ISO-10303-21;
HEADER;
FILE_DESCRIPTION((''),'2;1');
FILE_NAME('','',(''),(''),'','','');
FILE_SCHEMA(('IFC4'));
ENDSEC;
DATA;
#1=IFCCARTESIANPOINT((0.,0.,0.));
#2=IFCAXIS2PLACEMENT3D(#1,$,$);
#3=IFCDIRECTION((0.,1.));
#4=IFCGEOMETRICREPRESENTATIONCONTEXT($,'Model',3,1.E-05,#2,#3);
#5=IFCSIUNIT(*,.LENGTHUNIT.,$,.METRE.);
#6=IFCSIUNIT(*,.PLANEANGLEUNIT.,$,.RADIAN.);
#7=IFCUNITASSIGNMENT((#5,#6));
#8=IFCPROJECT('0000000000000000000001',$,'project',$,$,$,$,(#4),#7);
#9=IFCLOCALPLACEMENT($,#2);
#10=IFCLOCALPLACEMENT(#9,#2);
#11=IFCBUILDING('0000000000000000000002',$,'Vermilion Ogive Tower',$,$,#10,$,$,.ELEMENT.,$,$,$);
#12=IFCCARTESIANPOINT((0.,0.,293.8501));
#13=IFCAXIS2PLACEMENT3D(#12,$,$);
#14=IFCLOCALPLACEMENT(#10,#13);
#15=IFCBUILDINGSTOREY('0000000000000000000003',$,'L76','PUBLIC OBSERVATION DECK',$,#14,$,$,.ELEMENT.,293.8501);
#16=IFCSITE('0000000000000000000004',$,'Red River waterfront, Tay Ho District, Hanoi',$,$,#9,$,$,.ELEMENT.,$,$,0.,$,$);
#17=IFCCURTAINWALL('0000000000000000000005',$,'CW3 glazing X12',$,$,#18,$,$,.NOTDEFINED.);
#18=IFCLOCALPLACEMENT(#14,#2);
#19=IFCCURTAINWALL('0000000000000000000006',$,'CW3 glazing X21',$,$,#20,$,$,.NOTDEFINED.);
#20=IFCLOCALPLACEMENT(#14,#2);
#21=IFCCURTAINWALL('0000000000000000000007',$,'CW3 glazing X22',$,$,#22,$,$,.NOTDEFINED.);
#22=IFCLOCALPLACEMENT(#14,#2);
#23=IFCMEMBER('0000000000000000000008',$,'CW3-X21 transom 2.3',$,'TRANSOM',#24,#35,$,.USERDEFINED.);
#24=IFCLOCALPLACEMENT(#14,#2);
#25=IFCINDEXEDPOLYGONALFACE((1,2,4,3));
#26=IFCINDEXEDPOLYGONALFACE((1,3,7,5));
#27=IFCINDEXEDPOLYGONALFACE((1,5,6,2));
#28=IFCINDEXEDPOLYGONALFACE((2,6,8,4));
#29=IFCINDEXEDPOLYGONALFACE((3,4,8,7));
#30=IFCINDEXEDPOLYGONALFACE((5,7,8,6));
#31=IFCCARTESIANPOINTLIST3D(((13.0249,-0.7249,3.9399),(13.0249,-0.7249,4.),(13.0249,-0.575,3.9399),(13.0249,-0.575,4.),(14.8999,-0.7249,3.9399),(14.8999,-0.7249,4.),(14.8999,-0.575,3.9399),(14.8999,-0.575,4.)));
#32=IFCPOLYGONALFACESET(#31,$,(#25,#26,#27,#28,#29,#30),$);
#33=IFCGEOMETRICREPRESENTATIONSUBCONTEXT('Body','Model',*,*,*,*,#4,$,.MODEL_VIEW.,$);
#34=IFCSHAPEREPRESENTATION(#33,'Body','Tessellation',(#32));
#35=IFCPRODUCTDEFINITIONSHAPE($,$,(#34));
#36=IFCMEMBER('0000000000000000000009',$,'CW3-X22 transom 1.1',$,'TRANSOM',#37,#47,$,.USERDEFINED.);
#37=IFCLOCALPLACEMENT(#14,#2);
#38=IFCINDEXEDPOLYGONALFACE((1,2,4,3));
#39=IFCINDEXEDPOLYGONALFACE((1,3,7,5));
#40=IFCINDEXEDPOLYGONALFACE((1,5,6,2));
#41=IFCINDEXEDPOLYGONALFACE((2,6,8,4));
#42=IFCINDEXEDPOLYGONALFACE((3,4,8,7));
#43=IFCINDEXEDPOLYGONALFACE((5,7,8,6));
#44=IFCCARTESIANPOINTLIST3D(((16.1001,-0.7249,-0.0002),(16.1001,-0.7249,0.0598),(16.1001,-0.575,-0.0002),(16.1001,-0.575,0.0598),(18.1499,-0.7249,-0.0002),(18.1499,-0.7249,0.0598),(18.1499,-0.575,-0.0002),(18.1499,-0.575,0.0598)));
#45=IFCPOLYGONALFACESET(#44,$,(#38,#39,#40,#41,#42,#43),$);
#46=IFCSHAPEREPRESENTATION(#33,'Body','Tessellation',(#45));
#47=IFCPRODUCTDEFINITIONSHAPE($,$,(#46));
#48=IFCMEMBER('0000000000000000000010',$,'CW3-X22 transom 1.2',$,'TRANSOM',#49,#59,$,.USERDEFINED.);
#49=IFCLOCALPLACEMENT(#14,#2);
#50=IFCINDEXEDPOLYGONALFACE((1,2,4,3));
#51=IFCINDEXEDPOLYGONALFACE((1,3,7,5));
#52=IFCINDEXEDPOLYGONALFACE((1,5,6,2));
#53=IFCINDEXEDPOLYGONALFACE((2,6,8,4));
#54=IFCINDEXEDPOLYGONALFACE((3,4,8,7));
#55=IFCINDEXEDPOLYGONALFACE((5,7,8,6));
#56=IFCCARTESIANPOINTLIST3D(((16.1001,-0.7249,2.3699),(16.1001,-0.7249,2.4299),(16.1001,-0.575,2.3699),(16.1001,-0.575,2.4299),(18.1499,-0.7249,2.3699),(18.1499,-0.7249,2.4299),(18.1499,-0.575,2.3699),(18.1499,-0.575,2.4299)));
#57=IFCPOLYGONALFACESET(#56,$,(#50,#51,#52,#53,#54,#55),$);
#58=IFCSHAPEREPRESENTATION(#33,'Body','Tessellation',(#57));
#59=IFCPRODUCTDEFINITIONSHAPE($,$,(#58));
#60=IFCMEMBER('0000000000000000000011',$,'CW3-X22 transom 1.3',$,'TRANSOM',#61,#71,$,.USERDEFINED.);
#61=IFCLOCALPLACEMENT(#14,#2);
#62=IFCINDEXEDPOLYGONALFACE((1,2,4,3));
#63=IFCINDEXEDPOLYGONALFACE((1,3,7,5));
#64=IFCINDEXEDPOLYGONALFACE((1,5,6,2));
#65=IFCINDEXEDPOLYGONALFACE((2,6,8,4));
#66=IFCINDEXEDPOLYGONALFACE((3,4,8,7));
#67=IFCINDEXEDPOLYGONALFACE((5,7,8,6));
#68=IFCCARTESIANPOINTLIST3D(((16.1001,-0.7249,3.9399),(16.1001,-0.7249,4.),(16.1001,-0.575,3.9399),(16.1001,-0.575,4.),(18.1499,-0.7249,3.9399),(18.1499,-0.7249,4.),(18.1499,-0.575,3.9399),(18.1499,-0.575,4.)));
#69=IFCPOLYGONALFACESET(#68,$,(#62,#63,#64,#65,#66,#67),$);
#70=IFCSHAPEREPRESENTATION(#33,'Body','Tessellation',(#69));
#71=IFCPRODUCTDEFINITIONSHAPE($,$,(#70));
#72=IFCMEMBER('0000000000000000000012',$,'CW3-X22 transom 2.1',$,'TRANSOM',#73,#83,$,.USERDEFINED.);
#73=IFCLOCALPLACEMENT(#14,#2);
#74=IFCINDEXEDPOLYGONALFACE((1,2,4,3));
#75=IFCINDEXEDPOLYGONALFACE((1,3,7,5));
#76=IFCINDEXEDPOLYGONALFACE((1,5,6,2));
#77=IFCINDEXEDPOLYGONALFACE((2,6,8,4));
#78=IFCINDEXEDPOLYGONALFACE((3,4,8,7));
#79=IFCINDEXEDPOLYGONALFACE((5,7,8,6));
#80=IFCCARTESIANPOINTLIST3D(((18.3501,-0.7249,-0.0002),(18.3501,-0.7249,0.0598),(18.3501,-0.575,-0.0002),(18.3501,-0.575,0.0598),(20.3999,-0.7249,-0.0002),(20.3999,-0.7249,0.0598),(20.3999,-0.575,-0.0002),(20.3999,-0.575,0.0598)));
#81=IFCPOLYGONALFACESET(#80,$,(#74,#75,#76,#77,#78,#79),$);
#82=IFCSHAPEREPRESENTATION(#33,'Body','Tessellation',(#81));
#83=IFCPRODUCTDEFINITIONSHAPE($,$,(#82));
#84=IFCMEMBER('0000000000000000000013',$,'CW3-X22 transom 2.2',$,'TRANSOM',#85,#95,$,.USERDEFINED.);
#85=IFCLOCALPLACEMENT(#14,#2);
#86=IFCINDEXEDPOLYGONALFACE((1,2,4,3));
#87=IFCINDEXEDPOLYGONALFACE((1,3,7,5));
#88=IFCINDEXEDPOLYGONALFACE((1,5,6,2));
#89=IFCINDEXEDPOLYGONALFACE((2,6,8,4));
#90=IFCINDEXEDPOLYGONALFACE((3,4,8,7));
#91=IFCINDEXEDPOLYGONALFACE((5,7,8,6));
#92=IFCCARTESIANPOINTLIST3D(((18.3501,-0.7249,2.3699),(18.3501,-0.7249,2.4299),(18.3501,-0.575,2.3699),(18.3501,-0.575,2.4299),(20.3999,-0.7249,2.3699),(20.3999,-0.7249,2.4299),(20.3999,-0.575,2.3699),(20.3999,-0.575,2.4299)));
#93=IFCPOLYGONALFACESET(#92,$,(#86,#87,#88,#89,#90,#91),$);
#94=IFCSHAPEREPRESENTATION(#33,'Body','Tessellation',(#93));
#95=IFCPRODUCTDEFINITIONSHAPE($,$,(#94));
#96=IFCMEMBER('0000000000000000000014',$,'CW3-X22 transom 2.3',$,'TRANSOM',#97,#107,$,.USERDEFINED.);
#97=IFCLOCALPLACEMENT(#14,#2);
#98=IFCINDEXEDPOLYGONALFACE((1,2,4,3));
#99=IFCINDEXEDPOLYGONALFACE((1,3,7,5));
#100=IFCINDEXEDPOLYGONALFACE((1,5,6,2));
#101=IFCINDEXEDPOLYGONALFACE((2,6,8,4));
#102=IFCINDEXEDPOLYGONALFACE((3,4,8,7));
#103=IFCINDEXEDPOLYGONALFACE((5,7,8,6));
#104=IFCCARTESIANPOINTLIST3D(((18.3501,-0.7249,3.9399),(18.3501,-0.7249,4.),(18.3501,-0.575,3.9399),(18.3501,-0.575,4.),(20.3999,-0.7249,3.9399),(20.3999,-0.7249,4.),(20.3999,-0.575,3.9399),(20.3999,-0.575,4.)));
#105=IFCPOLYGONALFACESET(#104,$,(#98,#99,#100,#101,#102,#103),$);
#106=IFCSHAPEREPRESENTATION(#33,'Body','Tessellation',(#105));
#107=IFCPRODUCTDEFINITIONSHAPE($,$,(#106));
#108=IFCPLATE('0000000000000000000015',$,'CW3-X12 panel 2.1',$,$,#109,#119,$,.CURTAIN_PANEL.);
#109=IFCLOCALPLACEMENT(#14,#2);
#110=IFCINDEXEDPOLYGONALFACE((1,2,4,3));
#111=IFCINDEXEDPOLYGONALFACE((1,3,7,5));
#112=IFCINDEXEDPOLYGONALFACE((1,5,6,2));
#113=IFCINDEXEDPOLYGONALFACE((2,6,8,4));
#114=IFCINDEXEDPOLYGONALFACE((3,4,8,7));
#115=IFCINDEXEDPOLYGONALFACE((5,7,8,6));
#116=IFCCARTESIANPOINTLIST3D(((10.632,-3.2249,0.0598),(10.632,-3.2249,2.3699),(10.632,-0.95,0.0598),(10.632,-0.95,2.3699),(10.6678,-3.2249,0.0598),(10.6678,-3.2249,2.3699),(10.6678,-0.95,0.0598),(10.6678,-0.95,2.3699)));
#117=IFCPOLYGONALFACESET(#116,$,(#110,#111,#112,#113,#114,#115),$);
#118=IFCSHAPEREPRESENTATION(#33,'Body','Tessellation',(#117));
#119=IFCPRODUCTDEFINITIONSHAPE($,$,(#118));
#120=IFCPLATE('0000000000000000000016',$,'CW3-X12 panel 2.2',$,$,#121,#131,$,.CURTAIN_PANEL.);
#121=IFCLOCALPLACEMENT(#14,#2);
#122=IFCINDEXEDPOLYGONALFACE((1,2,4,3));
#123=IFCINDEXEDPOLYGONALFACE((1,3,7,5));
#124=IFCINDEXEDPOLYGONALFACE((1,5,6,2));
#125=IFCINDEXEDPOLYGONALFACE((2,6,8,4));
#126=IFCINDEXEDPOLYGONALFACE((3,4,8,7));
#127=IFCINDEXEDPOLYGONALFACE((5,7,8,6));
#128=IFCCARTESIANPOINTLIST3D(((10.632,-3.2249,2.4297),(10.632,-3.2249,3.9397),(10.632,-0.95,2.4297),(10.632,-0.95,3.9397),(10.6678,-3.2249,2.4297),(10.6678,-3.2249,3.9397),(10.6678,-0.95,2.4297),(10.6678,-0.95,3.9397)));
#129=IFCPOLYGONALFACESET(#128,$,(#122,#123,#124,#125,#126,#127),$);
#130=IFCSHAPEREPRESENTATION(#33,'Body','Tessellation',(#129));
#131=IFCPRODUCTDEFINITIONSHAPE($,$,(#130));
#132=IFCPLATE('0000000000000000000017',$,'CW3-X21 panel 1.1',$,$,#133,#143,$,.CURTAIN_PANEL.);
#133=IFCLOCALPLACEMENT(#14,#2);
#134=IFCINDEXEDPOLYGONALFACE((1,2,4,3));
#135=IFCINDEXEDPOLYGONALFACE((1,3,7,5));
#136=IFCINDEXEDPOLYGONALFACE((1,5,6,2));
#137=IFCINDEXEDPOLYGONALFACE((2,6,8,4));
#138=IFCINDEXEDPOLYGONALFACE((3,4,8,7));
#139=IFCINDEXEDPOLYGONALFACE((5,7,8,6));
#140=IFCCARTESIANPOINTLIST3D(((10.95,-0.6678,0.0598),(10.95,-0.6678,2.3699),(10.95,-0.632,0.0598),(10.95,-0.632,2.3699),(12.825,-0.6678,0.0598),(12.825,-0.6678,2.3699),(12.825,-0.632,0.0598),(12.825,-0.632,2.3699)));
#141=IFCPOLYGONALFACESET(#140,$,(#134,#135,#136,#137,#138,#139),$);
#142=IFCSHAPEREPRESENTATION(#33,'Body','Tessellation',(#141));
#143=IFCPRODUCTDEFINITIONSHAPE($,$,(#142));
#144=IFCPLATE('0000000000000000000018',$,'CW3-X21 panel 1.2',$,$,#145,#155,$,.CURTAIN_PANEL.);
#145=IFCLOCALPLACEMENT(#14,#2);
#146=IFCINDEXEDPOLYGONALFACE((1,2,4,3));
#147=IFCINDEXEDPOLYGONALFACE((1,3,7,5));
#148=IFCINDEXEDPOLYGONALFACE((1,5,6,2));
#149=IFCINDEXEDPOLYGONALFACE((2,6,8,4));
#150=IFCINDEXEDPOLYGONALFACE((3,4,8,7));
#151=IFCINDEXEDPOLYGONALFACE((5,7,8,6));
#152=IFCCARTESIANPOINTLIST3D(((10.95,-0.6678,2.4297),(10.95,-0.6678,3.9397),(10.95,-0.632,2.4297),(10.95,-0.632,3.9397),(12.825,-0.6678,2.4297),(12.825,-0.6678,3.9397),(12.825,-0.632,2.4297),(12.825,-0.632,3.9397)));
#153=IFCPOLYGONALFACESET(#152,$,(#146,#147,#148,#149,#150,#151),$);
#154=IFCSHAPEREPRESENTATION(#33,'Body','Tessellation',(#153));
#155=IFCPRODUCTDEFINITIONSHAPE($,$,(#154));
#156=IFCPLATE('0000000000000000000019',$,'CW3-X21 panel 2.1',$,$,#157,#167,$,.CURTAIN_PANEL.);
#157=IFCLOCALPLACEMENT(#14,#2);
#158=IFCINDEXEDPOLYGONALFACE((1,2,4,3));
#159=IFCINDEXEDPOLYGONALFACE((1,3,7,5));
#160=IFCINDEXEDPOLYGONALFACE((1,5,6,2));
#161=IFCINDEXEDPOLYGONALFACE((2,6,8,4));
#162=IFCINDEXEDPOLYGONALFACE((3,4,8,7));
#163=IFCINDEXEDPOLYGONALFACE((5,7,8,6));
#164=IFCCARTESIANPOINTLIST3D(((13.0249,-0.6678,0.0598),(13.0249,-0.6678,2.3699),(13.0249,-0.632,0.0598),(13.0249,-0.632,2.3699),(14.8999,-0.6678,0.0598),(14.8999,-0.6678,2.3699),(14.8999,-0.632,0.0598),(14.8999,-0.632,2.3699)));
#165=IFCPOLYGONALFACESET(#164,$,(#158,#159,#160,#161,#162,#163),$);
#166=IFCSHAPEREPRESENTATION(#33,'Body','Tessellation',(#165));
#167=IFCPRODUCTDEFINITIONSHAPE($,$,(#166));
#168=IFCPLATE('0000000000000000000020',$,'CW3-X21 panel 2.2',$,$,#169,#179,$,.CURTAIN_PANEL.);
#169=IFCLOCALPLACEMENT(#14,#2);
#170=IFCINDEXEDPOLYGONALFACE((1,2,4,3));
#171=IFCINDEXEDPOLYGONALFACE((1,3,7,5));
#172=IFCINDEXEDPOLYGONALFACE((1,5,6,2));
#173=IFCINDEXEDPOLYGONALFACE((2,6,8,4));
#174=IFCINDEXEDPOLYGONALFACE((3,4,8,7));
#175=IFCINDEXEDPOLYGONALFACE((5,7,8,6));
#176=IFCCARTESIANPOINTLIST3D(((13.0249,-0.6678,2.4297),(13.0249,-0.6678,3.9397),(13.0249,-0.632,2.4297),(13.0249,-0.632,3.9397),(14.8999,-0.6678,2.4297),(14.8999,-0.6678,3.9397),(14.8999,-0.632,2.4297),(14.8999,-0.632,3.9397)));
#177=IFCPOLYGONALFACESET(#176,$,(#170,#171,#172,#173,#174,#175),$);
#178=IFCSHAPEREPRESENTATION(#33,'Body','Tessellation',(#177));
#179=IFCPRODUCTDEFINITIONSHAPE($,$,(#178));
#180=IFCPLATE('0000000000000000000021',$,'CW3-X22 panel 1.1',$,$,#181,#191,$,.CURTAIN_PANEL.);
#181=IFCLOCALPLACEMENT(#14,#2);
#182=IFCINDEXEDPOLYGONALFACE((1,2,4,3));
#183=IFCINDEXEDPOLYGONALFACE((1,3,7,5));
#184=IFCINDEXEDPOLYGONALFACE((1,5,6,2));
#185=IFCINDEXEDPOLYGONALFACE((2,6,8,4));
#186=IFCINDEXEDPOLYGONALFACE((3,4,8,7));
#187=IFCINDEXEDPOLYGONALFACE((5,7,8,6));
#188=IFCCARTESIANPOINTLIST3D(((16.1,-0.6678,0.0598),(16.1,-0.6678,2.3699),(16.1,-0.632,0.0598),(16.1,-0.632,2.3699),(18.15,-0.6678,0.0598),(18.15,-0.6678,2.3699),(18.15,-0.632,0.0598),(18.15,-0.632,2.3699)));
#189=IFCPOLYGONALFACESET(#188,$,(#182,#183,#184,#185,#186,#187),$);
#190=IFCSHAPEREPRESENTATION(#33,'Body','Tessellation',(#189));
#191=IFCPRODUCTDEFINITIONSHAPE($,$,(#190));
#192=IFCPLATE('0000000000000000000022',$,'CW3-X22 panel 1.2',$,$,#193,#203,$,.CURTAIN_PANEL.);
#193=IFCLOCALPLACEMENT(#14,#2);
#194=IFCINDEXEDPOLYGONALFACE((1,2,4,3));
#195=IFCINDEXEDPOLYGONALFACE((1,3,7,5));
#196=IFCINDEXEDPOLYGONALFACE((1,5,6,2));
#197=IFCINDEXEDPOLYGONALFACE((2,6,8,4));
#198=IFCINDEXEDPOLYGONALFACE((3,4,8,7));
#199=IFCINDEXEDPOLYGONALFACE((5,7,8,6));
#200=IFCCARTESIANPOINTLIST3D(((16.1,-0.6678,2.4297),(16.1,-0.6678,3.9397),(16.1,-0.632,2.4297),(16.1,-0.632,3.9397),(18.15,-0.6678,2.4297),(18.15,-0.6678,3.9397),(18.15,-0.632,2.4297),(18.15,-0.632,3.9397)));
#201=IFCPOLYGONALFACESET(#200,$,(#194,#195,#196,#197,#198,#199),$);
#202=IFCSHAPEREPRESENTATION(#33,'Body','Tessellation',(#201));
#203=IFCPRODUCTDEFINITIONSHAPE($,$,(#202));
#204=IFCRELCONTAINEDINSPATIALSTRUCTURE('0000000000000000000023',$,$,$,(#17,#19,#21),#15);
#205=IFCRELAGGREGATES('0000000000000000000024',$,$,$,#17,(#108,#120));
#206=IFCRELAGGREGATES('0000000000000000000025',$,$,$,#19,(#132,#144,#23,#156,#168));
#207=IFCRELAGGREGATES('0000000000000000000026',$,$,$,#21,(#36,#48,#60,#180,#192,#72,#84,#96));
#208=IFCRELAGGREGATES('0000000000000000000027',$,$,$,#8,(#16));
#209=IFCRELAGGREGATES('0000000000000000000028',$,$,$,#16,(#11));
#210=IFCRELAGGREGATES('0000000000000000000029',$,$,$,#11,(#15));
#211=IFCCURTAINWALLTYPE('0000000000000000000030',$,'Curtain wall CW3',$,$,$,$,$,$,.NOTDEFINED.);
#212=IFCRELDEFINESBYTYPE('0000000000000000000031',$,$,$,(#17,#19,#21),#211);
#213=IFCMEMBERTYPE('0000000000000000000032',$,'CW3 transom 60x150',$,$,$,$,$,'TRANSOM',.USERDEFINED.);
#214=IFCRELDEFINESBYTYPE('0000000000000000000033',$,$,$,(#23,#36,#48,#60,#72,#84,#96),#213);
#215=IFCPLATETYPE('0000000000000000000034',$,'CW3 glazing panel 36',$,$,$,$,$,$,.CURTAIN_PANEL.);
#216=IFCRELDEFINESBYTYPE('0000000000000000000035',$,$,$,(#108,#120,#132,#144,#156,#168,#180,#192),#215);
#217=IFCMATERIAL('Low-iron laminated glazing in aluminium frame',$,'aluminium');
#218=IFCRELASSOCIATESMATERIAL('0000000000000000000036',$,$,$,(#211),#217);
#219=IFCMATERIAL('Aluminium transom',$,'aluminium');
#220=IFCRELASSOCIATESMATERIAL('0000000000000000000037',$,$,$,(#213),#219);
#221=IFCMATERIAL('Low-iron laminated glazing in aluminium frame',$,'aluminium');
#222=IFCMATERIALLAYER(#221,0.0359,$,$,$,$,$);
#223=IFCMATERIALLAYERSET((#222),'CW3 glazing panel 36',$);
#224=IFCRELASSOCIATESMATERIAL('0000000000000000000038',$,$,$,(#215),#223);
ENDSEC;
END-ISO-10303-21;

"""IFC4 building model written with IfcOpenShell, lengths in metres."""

from ifc_helpers import new_model, si_unit, direction, frame, origin, origin_2d, place, context, subcontext, project, spatial, rectangle, extrude, material, layer, layer_set, material_profile, profile_set, type_object, element, aggregate, save


model = new_model("IFC4")

# Units and contexts
model_context = context("Model", 3, precision=1e-05, world=origin(), true_north=direction((0.0, 1.0)))
body_context = subcontext(model_context, "Body", "Model", "MODEL_VIEW")
ifc_project = project(units=[si_unit("LENGTHUNIT", "METRE"), si_unit("PLANEANGLEUNIT", "RADIAN")], contexts=[model_context])

# Site, building, storey
site_placement = place(None, origin())
site = spatial("IfcSite", under=ifc_project, at=site_placement, Name="Red River waterfront, Tay Ho District, Hanoi", CompositionType="ELEMENT", RefElevation=0.0)
building_placement = place(site_placement, origin())
building = spatial("IfcBuilding", under=site, at=building_placement, Name="Vermilion Ogive Tower", CompositionType="ELEMENT")
storey_placement = place(building_placement, frame((0.0, 0.0, 293.8501)))
storey = spatial("IfcBuildingStorey", under=building, at=storey_placement, Name="L76", Description="PUBLIC OBSERVATION DECK", CompositionType="ELEMENT", Elevation=293.8501)

# Curtain wall
ifc_material_1 = material(Name="Low-iron laminated glazing in aluminium frame", Category="aluminium")
curtain_wall_type = type_object("IfcCurtainWallType", Name="Curtain wall CW3", PredefinedType="NOTDEFINED", material=ifc_material_1)
curtain_wall_1_placement = place(storey_placement, origin())
curtain_wall_1 = element("IfcCurtainWall", 1, at=curtain_wall_1_placement, inside=storey, type_object=curtain_wall_type, Name="CW3 glazing X12", PredefinedType="NOTDEFINED")

# Curtain walls
curtain_wall_2_placement = place(storey_placement, origin())
curtain_wall_2 = element("IfcCurtainWall", 2, at=curtain_wall_2_placement, inside=storey, type_object=curtain_wall_type, Name="CW3 glazing X21", PredefinedType="NOTDEFINED")
curtain_wall_3_placement = place(storey_placement, origin())
curtain_wall_3 = element("IfcCurtainWall", 3, at=curtain_wall_3_placement, inside=storey, type_object=curtain_wall_type, Name="CW3 glazing X22", PredefinedType="NOTDEFINED")

# Members
ifc_material_2 = material(Name="Aluminium transom", Category="aluminium")
ifc_material_profile_1 = material_profile(ifc_material_2, rectangle(XDim=0.1499, YDim=0.0601, at=origin_2d()), Name="AL 60x150")
ifc_profile_set_1 = profile_set([ifc_material_profile_1], Name="Aluminium transom")
member_type_1 = type_object("IfcMemberType", Name="CW3 transom 60x150", ElementType="TRANSOM", PredefinedType="USERDEFINED", material=ifc_profile_set_1)
member_1_placement = place(storey_placement, frame((13.0249, -0.6499, 3.97), z_axis=(1.0, 0.0, 0.0), x_axis=(0.0, 1.0, 0.0)))
member_1 = element("IfcMember", 4, at=member_1_placement, type_object=member_type_1, Name="CW3-X21 transom 2.3", ObjectType="TRANSOM", PredefinedType="USERDEFINED", context=body_context, shape_type="SweptSolid", body=[
    extrude(rectangle(XDim=0.1499, YDim=0.0601, at=origin_2d()), origin(), (0.0, 0.0, 1.0), 1.875),
])
member_2_placement = place(storey_placement, frame((16.1001, -0.6499, 0.0298), z_axis=(1.0, 0.0, 0.0), x_axis=(0.0, 1.0, 0.0)))
member_2 = element("IfcMember", 5, at=member_2_placement, type_object=member_type_1, Name="CW3-X22 transom 1.1", ObjectType="TRANSOM", PredefinedType="USERDEFINED", context=body_context, shape_type="SweptSolid", body=[
    extrude(rectangle(XDim=0.1499, YDim=0.0601, at=origin_2d()), origin(), (0.0, 0.0, 1.0), 2.0498),
])
member_3_placement = place(storey_placement, frame((16.1001, -0.6499, 2.3999), z_axis=(1.0, 0.0, 0.0), x_axis=(0.0, 1.0, 0.0)))
member_3 = element("IfcMember", 6, at=member_3_placement, type_object=member_type_1, Name="CW3-X22 transom 1.2", ObjectType="TRANSOM", PredefinedType="USERDEFINED", context=body_context, shape_type="SweptSolid", body=[
    extrude(rectangle(XDim=0.1499, YDim=0.0601, at=origin_2d()), origin(), (0.0, 0.0, 1.0), 2.0498),
])
member_4_placement = place(storey_placement, frame((16.1001, -0.6499, 3.97), z_axis=(1.0, 0.0, 0.0), x_axis=(0.0, 1.0, 0.0)))
member_4 = element("IfcMember", 7, at=member_4_placement, type_object=member_type_1, Name="CW3-X22 transom 1.3", ObjectType="TRANSOM", PredefinedType="USERDEFINED", context=body_context, shape_type="SweptSolid", body=[
    extrude(rectangle(XDim=0.1499, YDim=0.0601, at=origin_2d()), origin(), (0.0, 0.0, 1.0), 2.0498),
])
member_5_placement = place(storey_placement, frame((18.3501, -0.6499, 0.0298), z_axis=(1.0, 0.0, 0.0), x_axis=(0.0, 1.0, 0.0)))
member_5 = element("IfcMember", 8, at=member_5_placement, type_object=member_type_1, Name="CW3-X22 transom 2.1", ObjectType="TRANSOM", PredefinedType="USERDEFINED", context=body_context, shape_type="SweptSolid", body=[
    extrude(rectangle(XDim=0.1499, YDim=0.0601, at=origin_2d()), origin(), (0.0, 0.0, 1.0), 2.0498),
])
member_6_placement = place(storey_placement, frame((18.3501, -0.6499, 2.3999), z_axis=(1.0, 0.0, 0.0), x_axis=(0.0, 1.0, 0.0)))
member_6 = element("IfcMember", 9, at=member_6_placement, type_object=member_type_1, Name="CW3-X22 transom 2.2", ObjectType="TRANSOM", PredefinedType="USERDEFINED", context=body_context, shape_type="SweptSolid", body=[
    extrude(rectangle(XDim=0.1499, YDim=0.0601, at=origin_2d()), origin(), (0.0, 0.0, 1.0), 2.0498),
])
member_7_placement = place(storey_placement, frame((18.3501, -0.6499, 3.97), z_axis=(1.0, 0.0, 0.0), x_axis=(0.0, 1.0, 0.0)))
member_7 = element("IfcMember", 10, at=member_7_placement, type_object=member_type_1, Name="CW3-X22 transom 2.3", ObjectType="TRANSOM", PredefinedType="USERDEFINED", context=body_context, shape_type="SweptSolid", body=[
    extrude(rectangle(XDim=0.1499, YDim=0.0601, at=origin_2d()), origin(), (0.0, 0.0, 1.0), 2.0498),
])

# Plates
ifc_material_3 = material(Name="Low-iron laminated glazing in aluminium frame", Category="aluminium")
ifc_layer_1 = layer(ifc_material_3, 0.0359)
ifc_layer_set_1 = layer_set([ifc_layer_1], Name="CW3 glazing panel 36")
plate_type = type_object("IfcPlateType", Name="CW3 glazing panel 36", PredefinedType="CURTAIN_PANEL", material=ifc_layer_set_1)
plate_1_placement = place(storey_placement, frame((10.6499, -2.0874, 0.0598), z_axis=(0.0, 0.0, 1.0), x_axis=(0.0, 1.0, 0.0)))
plate_1 = element("IfcPlate", 11, at=plate_1_placement, type_object=plate_type, Name="CW3-X12 panel 2.1", PredefinedType="CURTAIN_PANEL", context=body_context, shape_type="SweptSolid", body=[
    extrude(rectangle(XDim=2.2749, YDim=0.0359, at=origin_2d()), origin(), (0.0, 0.0, 1.0), 2.3101),
])
plate_2_placement = place(storey_placement, frame((10.6499, -2.0874, 2.4297), z_axis=(0.0, 0.0, 1.0), x_axis=(0.0, 1.0, 0.0)))
plate_2 = element("IfcPlate", 12, at=plate_2_placement, type_object=plate_type, Name="CW3-X12 panel 2.2", PredefinedType="CURTAIN_PANEL", context=body_context, shape_type="SweptSolid", body=[
    extrude(rectangle(XDim=2.2749, YDim=0.0359, at=origin_2d()), origin(), (0.0, 0.0, 1.0), 1.51),
])
aggregate(curtain_wall_1, [plate_1, plate_2])
plate_3_placement = place(storey_placement, frame((11.8875, -0.6499, 0.0598), z_axis=(0.0, 0.0, 1.0), x_axis=(1.0, 0.0, 0.0)))
plate_3 = element("IfcPlate", 13, at=plate_3_placement, type_object=plate_type, Name="CW3-X21 panel 1.1", PredefinedType="CURTAIN_PANEL", context=body_context, shape_type="SweptSolid", body=[
    extrude(rectangle(XDim=1.875, YDim=0.0359, at=origin_2d()), origin(), (0.0, 0.0, 1.0), 2.3101),
])
plate_4_placement = place(storey_placement, frame((11.8875, -0.6499, 2.4297), z_axis=(0.0, 0.0, 1.0), x_axis=(1.0, 0.0, 0.0)))
plate_4 = element("IfcPlate", 14, at=plate_4_placement, type_object=plate_type, Name="CW3-X21 panel 1.2", PredefinedType="CURTAIN_PANEL", context=body_context, shape_type="SweptSolid", body=[
    extrude(rectangle(XDim=1.875, YDim=0.0359, at=origin_2d()), origin(), (0.0, 0.0, 1.0), 1.51),
])
plate_5_placement = place(storey_placement, frame((13.9624, -0.6499, 0.0598), z_axis=(0.0, 0.0, 1.0), x_axis=(1.0, 0.0, 0.0)))
plate_5 = element("IfcPlate", 15, at=plate_5_placement, type_object=plate_type, Name="CW3-X21 panel 2.1", PredefinedType="CURTAIN_PANEL", context=body_context, shape_type="SweptSolid", body=[
    extrude(rectangle(XDim=1.875, YDim=0.0359, at=origin_2d()), origin(), (0.0, 0.0, 1.0), 2.3101),
])
plate_6_placement = place(storey_placement, frame((13.9624, -0.6499, 2.4297), z_axis=(0.0, 0.0, 1.0), x_axis=(1.0, 0.0, 0.0)))
plate_6 = element("IfcPlate", 16, at=plate_6_placement, type_object=plate_type, Name="CW3-X21 panel 2.2", PredefinedType="CURTAIN_PANEL", context=body_context, shape_type="SweptSolid", body=[
    extrude(rectangle(XDim=1.875, YDim=0.0359, at=origin_2d()), origin(), (0.0, 0.0, 1.0), 1.51),
])
aggregate(curtain_wall_2, [plate_3, plate_4, member_1, plate_5, plate_6])
plate_7_placement = place(storey_placement, frame((17.125, -0.6499, 0.0598), z_axis=(0.0, 0.0, 1.0), x_axis=(1.0, 0.0, 0.0)))
plate_7 = element("IfcPlate", 17, at=plate_7_placement, type_object=plate_type, Name="CW3-X22 panel 1.1", PredefinedType="CURTAIN_PANEL", context=body_context, shape_type="SweptSolid", body=[
    extrude(rectangle(XDim=2.05, YDim=0.0359, at=origin_2d()), origin(), (0.0, 0.0, 1.0), 2.3101),
])
plate_8_placement = place(storey_placement, frame((17.125, -0.6499, 2.4297), z_axis=(0.0, 0.0, 1.0), x_axis=(1.0, 0.0, 0.0)))
plate_8 = element("IfcPlate", 18, at=plate_8_placement, type_object=plate_type, Name="CW3-X22 panel 1.2", PredefinedType="CURTAIN_PANEL", context=body_context, shape_type="SweptSolid", body=[
    extrude(rectangle(XDim=2.05, YDim=0.0359, at=origin_2d()), origin(), (0.0, 0.0, 1.0), 1.51),
])
aggregate(curtain_wall_3, [member_2, member_3, member_4, plate_7, plate_8, member_5, member_6, member_7])

save(model, "model.ifc")
